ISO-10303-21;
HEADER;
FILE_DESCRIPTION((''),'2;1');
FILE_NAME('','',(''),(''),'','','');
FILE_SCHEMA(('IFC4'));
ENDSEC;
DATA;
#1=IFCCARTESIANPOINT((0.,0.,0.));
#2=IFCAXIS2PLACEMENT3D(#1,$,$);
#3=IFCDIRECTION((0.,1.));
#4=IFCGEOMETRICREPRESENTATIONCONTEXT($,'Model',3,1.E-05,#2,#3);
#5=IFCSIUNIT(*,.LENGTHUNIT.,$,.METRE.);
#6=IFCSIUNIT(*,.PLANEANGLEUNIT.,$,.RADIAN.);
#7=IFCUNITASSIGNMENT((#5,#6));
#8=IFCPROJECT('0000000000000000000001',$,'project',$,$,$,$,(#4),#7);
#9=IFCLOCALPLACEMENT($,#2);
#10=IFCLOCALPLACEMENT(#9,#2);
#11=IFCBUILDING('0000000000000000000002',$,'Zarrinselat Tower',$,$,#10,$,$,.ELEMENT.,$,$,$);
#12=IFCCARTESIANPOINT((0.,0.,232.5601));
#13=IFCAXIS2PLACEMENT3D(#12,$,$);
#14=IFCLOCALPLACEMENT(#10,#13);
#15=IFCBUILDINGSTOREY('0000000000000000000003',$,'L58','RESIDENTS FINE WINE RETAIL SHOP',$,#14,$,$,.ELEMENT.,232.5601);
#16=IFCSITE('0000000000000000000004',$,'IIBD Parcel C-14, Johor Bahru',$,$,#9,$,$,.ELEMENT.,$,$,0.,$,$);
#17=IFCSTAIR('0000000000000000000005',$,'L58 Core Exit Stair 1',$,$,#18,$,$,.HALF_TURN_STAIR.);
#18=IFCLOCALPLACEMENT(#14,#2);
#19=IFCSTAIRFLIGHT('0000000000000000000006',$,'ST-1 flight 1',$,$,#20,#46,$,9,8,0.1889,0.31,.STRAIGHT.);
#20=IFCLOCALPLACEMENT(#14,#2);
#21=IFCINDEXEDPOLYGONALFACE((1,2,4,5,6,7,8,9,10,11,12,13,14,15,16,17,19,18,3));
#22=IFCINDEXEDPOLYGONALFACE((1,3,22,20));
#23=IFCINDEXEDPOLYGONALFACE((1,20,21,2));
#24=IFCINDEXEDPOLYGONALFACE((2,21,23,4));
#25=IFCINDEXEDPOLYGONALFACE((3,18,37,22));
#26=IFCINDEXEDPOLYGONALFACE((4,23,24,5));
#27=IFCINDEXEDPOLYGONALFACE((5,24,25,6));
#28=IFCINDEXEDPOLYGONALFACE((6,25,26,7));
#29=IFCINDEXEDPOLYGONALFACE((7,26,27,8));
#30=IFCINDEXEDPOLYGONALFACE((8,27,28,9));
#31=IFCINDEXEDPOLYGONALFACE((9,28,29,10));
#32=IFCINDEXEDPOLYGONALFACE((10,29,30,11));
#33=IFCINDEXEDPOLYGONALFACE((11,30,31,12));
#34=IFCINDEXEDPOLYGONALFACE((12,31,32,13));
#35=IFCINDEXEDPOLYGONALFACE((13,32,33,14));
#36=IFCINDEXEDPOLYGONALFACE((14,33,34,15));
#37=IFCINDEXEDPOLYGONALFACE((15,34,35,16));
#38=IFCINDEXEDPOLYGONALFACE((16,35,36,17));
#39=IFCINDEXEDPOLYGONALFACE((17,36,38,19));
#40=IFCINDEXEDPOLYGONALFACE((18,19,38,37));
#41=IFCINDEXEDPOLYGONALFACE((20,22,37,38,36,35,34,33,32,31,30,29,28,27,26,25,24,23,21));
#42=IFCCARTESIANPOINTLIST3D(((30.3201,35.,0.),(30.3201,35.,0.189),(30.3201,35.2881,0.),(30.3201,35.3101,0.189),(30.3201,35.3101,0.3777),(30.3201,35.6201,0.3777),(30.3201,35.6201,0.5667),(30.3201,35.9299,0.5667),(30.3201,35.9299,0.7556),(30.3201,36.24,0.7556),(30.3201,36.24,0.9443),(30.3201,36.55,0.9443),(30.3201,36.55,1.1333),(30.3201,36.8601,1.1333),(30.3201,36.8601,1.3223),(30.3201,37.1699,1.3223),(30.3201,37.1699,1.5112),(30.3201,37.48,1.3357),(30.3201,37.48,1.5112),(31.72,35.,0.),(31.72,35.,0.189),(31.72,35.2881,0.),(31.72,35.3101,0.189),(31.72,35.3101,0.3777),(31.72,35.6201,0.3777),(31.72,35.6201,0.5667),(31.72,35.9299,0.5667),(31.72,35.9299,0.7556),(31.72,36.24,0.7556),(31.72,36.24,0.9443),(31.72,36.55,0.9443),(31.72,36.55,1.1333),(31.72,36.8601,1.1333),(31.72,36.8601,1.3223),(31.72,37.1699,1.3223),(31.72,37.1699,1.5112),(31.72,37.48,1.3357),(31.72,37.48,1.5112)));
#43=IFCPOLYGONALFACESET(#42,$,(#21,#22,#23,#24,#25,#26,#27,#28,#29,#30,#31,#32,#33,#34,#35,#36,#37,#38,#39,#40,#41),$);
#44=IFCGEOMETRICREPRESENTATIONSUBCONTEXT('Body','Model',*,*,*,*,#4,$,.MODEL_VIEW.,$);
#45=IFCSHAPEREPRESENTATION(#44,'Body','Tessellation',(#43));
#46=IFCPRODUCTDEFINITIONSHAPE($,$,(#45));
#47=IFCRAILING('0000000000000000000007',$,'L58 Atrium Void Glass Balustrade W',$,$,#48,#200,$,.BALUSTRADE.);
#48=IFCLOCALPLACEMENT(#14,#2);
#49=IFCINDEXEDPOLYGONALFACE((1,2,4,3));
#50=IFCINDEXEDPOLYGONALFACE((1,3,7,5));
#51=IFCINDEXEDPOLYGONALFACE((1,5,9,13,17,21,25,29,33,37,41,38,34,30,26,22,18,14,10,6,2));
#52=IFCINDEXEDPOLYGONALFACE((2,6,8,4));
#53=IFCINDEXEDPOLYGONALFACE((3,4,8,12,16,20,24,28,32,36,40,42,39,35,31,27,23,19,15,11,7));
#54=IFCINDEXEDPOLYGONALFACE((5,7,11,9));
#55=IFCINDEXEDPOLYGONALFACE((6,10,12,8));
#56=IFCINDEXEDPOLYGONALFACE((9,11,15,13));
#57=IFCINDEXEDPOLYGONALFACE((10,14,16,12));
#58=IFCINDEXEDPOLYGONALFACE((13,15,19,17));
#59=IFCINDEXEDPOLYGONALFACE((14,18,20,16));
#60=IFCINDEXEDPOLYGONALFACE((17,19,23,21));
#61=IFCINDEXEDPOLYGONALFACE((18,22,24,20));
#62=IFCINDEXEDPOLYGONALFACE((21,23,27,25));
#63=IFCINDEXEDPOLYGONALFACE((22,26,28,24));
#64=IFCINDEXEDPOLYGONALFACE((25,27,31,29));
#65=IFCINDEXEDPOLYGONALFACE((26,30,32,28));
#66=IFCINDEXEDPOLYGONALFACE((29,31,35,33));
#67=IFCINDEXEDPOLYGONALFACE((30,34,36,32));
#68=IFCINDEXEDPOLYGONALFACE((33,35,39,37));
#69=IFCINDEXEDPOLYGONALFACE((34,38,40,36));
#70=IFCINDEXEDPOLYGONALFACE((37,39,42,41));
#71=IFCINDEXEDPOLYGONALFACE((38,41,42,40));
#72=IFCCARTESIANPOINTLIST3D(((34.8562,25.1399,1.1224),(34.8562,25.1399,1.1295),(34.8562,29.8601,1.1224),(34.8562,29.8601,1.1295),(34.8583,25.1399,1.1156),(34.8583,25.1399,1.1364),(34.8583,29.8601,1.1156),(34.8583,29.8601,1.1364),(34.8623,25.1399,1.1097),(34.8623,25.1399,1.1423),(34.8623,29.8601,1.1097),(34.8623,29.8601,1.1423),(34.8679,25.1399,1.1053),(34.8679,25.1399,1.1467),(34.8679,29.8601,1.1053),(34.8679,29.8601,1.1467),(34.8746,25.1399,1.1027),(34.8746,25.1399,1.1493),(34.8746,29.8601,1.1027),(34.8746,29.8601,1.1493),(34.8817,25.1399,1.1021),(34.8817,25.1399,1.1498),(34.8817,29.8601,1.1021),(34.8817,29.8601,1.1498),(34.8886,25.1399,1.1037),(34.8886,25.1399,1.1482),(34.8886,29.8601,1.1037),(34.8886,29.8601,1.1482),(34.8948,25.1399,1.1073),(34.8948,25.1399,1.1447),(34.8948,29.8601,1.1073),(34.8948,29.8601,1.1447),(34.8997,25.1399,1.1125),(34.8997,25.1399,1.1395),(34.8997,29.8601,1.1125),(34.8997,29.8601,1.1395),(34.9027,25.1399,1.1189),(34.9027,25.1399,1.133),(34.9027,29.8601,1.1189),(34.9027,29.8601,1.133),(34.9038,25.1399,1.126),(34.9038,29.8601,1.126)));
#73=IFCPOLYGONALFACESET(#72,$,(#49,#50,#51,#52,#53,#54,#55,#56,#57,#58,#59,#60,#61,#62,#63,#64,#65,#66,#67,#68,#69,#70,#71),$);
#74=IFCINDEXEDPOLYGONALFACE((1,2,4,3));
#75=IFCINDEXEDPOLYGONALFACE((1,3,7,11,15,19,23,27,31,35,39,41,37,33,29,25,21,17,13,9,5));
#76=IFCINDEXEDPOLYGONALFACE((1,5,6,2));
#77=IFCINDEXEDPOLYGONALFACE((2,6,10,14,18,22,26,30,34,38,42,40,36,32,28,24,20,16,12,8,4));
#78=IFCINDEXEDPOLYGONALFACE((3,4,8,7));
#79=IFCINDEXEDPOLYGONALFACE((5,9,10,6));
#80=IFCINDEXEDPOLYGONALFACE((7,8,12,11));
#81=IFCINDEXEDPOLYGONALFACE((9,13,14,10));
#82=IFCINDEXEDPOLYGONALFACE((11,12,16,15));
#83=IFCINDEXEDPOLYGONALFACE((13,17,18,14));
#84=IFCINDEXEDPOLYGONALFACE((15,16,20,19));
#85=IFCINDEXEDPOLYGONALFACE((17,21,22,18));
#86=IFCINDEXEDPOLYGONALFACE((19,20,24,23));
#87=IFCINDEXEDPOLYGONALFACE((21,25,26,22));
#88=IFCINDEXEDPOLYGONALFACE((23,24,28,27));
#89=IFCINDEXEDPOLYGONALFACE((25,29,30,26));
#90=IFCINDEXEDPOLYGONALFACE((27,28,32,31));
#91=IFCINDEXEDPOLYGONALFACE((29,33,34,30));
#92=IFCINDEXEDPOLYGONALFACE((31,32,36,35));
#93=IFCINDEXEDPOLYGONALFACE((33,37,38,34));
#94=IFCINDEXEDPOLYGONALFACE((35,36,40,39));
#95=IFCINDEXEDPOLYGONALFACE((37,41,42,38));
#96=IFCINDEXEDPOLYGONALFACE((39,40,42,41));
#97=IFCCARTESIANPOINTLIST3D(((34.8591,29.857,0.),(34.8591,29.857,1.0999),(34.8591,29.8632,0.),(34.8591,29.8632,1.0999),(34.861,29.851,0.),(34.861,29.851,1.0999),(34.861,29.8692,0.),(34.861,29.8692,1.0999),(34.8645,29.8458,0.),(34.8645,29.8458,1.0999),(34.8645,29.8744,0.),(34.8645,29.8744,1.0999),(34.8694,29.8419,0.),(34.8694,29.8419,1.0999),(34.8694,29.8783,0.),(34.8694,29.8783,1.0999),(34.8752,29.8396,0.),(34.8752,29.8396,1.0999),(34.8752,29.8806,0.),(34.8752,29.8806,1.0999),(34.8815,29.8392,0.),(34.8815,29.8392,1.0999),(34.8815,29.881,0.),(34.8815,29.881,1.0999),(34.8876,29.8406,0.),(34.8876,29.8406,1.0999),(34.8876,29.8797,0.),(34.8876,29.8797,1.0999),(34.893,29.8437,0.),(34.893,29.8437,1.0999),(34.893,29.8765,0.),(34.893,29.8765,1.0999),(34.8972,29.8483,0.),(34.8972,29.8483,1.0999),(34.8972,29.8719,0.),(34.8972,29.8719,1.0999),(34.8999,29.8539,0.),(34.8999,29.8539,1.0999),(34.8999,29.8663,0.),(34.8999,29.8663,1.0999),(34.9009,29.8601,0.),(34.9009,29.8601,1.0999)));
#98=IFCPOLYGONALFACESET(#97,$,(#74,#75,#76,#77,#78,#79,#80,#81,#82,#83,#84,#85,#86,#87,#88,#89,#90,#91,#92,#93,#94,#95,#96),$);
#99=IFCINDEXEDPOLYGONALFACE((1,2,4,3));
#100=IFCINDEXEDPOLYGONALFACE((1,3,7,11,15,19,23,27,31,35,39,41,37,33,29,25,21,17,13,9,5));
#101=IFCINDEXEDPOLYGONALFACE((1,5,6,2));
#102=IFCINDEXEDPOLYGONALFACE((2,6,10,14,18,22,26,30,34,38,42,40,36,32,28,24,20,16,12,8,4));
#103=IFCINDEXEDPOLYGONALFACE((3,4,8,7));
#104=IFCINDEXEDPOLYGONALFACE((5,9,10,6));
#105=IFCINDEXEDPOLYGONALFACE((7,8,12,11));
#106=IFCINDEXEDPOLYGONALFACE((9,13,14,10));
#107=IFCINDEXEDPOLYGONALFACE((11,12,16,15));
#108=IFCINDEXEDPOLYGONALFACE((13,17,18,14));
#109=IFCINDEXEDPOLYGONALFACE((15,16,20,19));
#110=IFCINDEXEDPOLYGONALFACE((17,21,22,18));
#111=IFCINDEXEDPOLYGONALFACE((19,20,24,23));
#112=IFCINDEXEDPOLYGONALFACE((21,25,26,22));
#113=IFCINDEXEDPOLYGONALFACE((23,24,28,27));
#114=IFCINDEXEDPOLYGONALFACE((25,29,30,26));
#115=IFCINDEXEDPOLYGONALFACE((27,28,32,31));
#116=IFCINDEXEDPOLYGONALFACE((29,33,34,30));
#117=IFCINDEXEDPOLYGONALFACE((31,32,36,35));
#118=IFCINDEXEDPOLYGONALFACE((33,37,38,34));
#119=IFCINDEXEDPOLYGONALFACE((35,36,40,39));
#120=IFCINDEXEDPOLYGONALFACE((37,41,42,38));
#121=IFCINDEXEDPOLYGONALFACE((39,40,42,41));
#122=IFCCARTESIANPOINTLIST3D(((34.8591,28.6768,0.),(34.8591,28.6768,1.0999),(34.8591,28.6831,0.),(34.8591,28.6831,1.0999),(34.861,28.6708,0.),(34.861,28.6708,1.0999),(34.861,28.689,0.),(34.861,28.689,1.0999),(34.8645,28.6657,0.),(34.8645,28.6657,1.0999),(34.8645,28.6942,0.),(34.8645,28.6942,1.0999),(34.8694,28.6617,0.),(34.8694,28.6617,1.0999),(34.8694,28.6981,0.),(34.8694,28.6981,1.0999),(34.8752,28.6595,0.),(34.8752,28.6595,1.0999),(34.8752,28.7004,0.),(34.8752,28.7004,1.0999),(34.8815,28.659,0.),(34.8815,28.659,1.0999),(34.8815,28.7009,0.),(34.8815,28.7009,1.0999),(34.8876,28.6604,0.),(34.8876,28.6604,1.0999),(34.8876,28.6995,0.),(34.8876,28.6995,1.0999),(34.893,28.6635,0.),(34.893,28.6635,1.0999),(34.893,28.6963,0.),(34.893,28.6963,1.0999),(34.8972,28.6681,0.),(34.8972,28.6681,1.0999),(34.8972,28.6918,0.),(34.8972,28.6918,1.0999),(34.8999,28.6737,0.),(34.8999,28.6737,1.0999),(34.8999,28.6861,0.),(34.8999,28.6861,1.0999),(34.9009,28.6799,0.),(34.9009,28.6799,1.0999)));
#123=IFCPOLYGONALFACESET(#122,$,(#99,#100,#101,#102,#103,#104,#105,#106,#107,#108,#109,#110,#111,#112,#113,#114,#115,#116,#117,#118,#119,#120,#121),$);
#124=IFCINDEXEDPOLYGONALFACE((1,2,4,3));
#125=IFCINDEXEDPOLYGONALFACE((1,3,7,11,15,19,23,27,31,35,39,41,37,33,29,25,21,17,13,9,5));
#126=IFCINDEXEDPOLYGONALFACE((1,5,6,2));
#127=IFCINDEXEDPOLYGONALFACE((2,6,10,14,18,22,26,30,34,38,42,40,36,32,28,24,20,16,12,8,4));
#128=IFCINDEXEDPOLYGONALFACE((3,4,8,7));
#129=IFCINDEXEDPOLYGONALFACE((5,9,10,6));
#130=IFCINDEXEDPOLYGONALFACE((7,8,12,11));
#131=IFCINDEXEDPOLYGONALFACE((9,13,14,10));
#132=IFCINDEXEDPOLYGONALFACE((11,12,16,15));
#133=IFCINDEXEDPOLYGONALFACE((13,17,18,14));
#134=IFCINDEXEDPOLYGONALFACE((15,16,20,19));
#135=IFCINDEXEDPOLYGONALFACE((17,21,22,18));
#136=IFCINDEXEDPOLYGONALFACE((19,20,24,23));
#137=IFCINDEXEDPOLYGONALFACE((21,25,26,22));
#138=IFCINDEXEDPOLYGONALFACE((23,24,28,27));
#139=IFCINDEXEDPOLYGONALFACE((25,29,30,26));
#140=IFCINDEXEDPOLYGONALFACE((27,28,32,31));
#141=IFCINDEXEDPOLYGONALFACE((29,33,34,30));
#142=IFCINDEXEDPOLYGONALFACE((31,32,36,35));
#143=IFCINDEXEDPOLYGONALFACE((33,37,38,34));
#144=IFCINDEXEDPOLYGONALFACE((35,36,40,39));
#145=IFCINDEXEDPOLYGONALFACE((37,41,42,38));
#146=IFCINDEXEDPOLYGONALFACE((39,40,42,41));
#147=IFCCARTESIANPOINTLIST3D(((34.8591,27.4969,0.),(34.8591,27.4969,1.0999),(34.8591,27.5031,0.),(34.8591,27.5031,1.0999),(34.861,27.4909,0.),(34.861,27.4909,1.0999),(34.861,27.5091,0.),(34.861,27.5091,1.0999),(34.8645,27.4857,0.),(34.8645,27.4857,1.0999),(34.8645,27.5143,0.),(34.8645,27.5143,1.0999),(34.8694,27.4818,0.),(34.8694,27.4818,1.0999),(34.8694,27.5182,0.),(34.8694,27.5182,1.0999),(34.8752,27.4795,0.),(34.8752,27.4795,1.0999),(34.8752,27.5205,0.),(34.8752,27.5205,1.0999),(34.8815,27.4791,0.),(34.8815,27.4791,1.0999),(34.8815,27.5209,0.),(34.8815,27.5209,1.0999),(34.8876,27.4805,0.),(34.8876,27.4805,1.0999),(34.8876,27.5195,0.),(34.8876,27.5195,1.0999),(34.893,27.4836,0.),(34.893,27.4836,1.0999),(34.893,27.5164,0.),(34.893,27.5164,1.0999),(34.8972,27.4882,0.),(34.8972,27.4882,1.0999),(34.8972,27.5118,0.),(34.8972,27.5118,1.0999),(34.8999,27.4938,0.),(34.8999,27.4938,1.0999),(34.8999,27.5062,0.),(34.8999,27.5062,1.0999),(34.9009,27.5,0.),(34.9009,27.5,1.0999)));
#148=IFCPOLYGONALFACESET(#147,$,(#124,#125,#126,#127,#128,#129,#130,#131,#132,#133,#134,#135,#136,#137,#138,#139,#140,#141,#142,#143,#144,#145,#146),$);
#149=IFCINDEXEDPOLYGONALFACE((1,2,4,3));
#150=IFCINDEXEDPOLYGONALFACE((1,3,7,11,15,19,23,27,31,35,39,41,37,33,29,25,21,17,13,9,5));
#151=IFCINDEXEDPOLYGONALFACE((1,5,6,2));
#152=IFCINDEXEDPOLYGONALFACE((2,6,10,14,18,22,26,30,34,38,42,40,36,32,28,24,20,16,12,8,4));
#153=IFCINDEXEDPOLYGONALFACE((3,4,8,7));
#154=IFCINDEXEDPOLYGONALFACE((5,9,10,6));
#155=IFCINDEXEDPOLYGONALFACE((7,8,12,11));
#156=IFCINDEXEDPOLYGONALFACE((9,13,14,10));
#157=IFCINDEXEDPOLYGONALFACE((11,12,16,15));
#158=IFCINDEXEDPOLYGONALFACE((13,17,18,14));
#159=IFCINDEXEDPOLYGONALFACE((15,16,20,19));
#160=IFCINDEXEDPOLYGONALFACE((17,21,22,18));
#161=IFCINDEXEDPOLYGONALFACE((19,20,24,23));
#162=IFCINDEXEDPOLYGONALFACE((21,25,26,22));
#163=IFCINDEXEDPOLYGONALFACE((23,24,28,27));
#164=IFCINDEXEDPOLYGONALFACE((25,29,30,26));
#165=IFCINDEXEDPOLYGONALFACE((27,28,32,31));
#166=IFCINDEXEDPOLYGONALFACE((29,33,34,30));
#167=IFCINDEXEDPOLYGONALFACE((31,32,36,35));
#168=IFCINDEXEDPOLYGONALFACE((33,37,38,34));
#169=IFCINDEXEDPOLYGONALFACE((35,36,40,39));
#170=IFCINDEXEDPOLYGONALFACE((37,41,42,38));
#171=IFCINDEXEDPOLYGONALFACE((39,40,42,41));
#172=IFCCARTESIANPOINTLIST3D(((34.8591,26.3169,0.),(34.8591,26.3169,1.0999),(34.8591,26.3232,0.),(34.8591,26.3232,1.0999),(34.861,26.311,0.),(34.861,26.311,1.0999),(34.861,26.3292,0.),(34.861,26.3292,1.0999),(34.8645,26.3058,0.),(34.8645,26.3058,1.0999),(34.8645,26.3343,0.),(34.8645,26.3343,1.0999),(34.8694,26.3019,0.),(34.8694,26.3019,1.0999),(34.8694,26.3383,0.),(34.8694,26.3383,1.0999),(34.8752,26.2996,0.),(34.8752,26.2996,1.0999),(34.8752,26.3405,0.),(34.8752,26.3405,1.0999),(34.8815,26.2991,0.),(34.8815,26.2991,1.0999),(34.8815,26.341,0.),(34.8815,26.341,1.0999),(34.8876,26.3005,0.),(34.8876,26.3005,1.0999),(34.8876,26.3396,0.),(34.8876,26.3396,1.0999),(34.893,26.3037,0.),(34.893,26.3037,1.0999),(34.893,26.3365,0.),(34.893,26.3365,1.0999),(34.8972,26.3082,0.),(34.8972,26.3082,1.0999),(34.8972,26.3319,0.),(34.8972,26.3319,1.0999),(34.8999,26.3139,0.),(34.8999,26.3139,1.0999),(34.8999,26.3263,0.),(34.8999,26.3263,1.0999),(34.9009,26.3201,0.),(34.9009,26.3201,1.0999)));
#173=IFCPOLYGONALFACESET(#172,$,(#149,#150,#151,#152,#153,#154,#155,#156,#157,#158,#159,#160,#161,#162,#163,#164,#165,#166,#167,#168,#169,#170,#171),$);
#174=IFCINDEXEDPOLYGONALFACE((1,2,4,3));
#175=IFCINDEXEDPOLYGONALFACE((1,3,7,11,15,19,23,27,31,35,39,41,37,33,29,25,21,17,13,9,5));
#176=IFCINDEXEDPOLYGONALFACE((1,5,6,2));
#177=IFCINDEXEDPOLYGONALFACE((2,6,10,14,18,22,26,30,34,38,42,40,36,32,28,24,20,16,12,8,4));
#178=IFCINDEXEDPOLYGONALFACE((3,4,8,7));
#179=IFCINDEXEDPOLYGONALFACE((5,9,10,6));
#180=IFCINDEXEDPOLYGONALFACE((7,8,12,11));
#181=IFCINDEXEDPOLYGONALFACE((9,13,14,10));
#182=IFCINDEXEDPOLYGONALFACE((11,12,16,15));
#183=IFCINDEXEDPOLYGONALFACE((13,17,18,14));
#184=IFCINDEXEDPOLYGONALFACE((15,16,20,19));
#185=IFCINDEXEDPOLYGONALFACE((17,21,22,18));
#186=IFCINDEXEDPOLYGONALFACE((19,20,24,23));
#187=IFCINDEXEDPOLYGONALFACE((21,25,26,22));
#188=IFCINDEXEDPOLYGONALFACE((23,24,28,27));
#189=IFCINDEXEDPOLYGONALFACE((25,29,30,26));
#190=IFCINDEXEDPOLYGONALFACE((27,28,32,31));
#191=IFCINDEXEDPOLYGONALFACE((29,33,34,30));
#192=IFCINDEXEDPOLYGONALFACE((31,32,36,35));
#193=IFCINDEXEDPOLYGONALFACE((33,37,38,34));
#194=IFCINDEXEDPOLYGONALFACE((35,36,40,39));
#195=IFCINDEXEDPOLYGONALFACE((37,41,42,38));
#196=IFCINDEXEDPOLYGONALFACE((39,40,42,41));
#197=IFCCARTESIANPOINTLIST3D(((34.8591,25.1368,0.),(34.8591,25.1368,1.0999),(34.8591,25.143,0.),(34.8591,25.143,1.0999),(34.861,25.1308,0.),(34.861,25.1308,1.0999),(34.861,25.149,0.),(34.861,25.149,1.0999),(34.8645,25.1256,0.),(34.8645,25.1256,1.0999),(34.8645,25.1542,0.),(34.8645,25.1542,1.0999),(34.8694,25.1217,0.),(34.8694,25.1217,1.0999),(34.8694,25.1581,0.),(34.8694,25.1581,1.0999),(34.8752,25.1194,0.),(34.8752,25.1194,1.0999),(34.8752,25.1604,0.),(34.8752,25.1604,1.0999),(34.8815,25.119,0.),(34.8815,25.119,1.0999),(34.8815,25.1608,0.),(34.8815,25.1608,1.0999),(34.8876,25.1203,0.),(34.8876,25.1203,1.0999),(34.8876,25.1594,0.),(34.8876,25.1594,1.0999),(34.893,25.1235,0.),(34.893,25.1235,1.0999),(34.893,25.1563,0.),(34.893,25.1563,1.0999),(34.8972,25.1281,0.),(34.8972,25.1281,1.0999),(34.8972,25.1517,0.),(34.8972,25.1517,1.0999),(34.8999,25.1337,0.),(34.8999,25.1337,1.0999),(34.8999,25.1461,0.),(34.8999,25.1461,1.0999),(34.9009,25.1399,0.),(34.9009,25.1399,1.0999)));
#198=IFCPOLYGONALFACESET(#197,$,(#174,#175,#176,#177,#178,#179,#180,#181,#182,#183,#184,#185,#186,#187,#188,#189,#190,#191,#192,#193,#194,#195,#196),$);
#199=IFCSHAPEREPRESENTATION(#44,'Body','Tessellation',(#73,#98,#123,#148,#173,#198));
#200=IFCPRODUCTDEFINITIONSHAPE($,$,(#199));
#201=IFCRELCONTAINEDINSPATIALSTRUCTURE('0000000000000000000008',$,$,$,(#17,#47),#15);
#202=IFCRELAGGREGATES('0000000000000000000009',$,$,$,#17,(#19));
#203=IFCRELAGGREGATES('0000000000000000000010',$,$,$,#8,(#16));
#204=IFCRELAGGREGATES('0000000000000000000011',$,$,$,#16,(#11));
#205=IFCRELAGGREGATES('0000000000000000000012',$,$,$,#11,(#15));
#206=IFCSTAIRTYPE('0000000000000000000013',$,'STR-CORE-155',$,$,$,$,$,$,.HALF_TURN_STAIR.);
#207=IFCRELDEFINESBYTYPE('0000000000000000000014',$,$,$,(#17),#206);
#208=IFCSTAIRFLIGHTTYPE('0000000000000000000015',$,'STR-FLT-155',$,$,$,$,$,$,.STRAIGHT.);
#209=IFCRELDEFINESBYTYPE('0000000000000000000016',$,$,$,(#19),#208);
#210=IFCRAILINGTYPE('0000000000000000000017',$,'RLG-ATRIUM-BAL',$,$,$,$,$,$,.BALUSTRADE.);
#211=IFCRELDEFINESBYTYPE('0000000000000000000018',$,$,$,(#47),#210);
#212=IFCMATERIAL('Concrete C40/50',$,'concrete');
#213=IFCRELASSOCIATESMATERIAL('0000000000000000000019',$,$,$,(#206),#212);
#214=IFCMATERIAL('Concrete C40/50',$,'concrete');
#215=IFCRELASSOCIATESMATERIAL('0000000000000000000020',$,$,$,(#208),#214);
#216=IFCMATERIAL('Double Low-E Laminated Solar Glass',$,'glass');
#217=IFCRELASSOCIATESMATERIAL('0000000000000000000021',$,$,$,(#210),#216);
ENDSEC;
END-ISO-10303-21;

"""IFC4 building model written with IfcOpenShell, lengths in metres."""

from ifc_helpers import new_model, si_unit, direction, frame, origin, origin_2d, place, context, subcontext, project, spatial, polyline, circle, outline, extrude, material, type_object, element, aggregate, save


model = new_model("IFC4")

# Units and contexts
model_context = context("Model", 3, precision=1e-05, world=origin(), true_north=direction((0.0, 1.0)))
body_context = subcontext(model_context, "Body", "Model", "MODEL_VIEW")
ifc_project = project(units=[si_unit("LENGTHUNIT", "METRE"), si_unit("PLANEANGLEUNIT", "RADIAN")], contexts=[model_context])

# Site, building, storey
site_placement = place(None, origin())
site = spatial("IfcSite", under=ifc_project, at=site_placement, Name="IIBD Parcel C-14, Johor Bahru", CompositionType="ELEMENT", RefElevation=0.0)
building_placement = place(site_placement, origin())
building = spatial("IfcBuilding", under=site, at=building_placement, Name="Zarrinselat Tower", CompositionType="ELEMENT")
storey_placement = place(building_placement, frame((0.0, 0.0, 232.5601)))
storey = spatial("IfcBuildingStorey", under=building, at=storey_placement, Name="L58", Description="RESIDENTS FINE WINE RETAIL SHOP", CompositionType="ELEMENT", Elevation=232.5601)

# Stair, stair flight
ifc_material_1 = material(Name="Concrete C40/50", Category="concrete")
stair_type = type_object("IfcStairType", Name="STR-CORE-155", PredefinedType="HALF_TURN_STAIR", material=ifc_material_1)
stair_placement = place(storey_placement, origin())
stair = element("IfcStair", 1, at=stair_placement, inside=storey, type_object=stair_type, Name="L58 Core Exit Stair 1", PredefinedType="HALF_TURN_STAIR")
ifc_material_2 = material(Name="Concrete C40/50", Category="concrete")
stair_flight_type = type_object("IfcStairFlightType", Name="STR-FLT-155", PredefinedType="STRAIGHT", material=ifc_material_2)
stair_flight_placement = place(storey_placement, frame((31.02, 35.0, 0.0), z_axis=(0.0, 0.0, 1.0), x_axis=(0.0, 1.0, 0.0)))
stair_flight = element("IfcStairFlight", 2, at=stair_flight_placement, type_object=stair_flight_type, Name="ST-1 flight 1", NumberOfRisers=9, NumberOfTreads=8, PredefinedType="STRAIGHT", RiserHeight=0.1889, TreadLength=0.31, context=body_context, shape_type="SweptSolid", body=[
    extrude(outline(polyline([(0.0, 0.0), (0.0, 0.189), (0.3101, 0.189), (0.3101, 0.3777), (0.6201, 0.3777), (0.6201, 0.5667), (0.9299, 0.5667), (0.9299, 0.7556), (1.24, 0.7556), (1.24, 0.9443), (1.55, 0.9443), (1.55, 1.1333), (1.8601, 1.1333), (1.8601, 1.3223), (2.1699, 1.3223), (2.1699, 1.5112), (2.48, 1.5112), (2.48, 1.7), (2.48, 1.3357), (0.2881, 0.0), (0.0, 0.0)])), frame((0.0, 0.7, 0.0), z_axis=(0.0, -1.0, 0.0), x_axis=(1.0, 0.0, 0.0)), (0.0, 0.0, 1.0), 1.3999),
])
aggregate(stair, [stair_flight])

# Railing
ifc_material_3 = material(Name="Double Low-E Laminated Solar Glass", Category="glass")
railing_type_1 = type_object("IfcRailingType", Name="RLG-ATRIUM-BAL", PredefinedType="BALUSTRADE", material=ifc_material_3)
railing_1_placement = place(storey_placement, frame((34.8799, 29.8601, 0.0)))
element("IfcRailing", 3, at=railing_1_placement, inside=storey, type_object=railing_type_1, Name="L58 Atrium Void Glass Balustrade W", PredefinedType="BALUSTRADE", context=body_context, shape_type="SweptSolid", body=[
    extrude(circle(Radius=0.0239, at=origin_2d()), frame((0.0, 0.0, 1.126), z_axis=(0.0, -1.0, 0.0), x_axis=(1.0, 0.0, 0.0)), (0.0, 0.0, 1.0), 4.7202),
    extrude(circle(Radius=0.021, at=origin_2d()), origin(), (0.0, 0.0, 1.0), 1.0999),
    extrude(circle(Radius=0.021, at=origin_2d()), frame((0.0, -1.1802, 0.0)), (0.0, 0.0, 1.0), 1.0999),
    extrude(circle(Radius=0.021, at=origin_2d()), frame((0.0, -2.3601, 0.0)), (0.0, 0.0, 1.0), 1.0999),
    extrude(circle(Radius=0.021, at=origin_2d()), frame((0.0, -3.54, 0.0)), (0.0, 0.0, 1.0), 1.0999),
    extrude(circle(Radius=0.021, at=origin_2d()), frame((0.0, -4.7202, 0.0)), (0.0, 0.0, 1.0), 1.0999),
])

save(model, "model.ifc")
